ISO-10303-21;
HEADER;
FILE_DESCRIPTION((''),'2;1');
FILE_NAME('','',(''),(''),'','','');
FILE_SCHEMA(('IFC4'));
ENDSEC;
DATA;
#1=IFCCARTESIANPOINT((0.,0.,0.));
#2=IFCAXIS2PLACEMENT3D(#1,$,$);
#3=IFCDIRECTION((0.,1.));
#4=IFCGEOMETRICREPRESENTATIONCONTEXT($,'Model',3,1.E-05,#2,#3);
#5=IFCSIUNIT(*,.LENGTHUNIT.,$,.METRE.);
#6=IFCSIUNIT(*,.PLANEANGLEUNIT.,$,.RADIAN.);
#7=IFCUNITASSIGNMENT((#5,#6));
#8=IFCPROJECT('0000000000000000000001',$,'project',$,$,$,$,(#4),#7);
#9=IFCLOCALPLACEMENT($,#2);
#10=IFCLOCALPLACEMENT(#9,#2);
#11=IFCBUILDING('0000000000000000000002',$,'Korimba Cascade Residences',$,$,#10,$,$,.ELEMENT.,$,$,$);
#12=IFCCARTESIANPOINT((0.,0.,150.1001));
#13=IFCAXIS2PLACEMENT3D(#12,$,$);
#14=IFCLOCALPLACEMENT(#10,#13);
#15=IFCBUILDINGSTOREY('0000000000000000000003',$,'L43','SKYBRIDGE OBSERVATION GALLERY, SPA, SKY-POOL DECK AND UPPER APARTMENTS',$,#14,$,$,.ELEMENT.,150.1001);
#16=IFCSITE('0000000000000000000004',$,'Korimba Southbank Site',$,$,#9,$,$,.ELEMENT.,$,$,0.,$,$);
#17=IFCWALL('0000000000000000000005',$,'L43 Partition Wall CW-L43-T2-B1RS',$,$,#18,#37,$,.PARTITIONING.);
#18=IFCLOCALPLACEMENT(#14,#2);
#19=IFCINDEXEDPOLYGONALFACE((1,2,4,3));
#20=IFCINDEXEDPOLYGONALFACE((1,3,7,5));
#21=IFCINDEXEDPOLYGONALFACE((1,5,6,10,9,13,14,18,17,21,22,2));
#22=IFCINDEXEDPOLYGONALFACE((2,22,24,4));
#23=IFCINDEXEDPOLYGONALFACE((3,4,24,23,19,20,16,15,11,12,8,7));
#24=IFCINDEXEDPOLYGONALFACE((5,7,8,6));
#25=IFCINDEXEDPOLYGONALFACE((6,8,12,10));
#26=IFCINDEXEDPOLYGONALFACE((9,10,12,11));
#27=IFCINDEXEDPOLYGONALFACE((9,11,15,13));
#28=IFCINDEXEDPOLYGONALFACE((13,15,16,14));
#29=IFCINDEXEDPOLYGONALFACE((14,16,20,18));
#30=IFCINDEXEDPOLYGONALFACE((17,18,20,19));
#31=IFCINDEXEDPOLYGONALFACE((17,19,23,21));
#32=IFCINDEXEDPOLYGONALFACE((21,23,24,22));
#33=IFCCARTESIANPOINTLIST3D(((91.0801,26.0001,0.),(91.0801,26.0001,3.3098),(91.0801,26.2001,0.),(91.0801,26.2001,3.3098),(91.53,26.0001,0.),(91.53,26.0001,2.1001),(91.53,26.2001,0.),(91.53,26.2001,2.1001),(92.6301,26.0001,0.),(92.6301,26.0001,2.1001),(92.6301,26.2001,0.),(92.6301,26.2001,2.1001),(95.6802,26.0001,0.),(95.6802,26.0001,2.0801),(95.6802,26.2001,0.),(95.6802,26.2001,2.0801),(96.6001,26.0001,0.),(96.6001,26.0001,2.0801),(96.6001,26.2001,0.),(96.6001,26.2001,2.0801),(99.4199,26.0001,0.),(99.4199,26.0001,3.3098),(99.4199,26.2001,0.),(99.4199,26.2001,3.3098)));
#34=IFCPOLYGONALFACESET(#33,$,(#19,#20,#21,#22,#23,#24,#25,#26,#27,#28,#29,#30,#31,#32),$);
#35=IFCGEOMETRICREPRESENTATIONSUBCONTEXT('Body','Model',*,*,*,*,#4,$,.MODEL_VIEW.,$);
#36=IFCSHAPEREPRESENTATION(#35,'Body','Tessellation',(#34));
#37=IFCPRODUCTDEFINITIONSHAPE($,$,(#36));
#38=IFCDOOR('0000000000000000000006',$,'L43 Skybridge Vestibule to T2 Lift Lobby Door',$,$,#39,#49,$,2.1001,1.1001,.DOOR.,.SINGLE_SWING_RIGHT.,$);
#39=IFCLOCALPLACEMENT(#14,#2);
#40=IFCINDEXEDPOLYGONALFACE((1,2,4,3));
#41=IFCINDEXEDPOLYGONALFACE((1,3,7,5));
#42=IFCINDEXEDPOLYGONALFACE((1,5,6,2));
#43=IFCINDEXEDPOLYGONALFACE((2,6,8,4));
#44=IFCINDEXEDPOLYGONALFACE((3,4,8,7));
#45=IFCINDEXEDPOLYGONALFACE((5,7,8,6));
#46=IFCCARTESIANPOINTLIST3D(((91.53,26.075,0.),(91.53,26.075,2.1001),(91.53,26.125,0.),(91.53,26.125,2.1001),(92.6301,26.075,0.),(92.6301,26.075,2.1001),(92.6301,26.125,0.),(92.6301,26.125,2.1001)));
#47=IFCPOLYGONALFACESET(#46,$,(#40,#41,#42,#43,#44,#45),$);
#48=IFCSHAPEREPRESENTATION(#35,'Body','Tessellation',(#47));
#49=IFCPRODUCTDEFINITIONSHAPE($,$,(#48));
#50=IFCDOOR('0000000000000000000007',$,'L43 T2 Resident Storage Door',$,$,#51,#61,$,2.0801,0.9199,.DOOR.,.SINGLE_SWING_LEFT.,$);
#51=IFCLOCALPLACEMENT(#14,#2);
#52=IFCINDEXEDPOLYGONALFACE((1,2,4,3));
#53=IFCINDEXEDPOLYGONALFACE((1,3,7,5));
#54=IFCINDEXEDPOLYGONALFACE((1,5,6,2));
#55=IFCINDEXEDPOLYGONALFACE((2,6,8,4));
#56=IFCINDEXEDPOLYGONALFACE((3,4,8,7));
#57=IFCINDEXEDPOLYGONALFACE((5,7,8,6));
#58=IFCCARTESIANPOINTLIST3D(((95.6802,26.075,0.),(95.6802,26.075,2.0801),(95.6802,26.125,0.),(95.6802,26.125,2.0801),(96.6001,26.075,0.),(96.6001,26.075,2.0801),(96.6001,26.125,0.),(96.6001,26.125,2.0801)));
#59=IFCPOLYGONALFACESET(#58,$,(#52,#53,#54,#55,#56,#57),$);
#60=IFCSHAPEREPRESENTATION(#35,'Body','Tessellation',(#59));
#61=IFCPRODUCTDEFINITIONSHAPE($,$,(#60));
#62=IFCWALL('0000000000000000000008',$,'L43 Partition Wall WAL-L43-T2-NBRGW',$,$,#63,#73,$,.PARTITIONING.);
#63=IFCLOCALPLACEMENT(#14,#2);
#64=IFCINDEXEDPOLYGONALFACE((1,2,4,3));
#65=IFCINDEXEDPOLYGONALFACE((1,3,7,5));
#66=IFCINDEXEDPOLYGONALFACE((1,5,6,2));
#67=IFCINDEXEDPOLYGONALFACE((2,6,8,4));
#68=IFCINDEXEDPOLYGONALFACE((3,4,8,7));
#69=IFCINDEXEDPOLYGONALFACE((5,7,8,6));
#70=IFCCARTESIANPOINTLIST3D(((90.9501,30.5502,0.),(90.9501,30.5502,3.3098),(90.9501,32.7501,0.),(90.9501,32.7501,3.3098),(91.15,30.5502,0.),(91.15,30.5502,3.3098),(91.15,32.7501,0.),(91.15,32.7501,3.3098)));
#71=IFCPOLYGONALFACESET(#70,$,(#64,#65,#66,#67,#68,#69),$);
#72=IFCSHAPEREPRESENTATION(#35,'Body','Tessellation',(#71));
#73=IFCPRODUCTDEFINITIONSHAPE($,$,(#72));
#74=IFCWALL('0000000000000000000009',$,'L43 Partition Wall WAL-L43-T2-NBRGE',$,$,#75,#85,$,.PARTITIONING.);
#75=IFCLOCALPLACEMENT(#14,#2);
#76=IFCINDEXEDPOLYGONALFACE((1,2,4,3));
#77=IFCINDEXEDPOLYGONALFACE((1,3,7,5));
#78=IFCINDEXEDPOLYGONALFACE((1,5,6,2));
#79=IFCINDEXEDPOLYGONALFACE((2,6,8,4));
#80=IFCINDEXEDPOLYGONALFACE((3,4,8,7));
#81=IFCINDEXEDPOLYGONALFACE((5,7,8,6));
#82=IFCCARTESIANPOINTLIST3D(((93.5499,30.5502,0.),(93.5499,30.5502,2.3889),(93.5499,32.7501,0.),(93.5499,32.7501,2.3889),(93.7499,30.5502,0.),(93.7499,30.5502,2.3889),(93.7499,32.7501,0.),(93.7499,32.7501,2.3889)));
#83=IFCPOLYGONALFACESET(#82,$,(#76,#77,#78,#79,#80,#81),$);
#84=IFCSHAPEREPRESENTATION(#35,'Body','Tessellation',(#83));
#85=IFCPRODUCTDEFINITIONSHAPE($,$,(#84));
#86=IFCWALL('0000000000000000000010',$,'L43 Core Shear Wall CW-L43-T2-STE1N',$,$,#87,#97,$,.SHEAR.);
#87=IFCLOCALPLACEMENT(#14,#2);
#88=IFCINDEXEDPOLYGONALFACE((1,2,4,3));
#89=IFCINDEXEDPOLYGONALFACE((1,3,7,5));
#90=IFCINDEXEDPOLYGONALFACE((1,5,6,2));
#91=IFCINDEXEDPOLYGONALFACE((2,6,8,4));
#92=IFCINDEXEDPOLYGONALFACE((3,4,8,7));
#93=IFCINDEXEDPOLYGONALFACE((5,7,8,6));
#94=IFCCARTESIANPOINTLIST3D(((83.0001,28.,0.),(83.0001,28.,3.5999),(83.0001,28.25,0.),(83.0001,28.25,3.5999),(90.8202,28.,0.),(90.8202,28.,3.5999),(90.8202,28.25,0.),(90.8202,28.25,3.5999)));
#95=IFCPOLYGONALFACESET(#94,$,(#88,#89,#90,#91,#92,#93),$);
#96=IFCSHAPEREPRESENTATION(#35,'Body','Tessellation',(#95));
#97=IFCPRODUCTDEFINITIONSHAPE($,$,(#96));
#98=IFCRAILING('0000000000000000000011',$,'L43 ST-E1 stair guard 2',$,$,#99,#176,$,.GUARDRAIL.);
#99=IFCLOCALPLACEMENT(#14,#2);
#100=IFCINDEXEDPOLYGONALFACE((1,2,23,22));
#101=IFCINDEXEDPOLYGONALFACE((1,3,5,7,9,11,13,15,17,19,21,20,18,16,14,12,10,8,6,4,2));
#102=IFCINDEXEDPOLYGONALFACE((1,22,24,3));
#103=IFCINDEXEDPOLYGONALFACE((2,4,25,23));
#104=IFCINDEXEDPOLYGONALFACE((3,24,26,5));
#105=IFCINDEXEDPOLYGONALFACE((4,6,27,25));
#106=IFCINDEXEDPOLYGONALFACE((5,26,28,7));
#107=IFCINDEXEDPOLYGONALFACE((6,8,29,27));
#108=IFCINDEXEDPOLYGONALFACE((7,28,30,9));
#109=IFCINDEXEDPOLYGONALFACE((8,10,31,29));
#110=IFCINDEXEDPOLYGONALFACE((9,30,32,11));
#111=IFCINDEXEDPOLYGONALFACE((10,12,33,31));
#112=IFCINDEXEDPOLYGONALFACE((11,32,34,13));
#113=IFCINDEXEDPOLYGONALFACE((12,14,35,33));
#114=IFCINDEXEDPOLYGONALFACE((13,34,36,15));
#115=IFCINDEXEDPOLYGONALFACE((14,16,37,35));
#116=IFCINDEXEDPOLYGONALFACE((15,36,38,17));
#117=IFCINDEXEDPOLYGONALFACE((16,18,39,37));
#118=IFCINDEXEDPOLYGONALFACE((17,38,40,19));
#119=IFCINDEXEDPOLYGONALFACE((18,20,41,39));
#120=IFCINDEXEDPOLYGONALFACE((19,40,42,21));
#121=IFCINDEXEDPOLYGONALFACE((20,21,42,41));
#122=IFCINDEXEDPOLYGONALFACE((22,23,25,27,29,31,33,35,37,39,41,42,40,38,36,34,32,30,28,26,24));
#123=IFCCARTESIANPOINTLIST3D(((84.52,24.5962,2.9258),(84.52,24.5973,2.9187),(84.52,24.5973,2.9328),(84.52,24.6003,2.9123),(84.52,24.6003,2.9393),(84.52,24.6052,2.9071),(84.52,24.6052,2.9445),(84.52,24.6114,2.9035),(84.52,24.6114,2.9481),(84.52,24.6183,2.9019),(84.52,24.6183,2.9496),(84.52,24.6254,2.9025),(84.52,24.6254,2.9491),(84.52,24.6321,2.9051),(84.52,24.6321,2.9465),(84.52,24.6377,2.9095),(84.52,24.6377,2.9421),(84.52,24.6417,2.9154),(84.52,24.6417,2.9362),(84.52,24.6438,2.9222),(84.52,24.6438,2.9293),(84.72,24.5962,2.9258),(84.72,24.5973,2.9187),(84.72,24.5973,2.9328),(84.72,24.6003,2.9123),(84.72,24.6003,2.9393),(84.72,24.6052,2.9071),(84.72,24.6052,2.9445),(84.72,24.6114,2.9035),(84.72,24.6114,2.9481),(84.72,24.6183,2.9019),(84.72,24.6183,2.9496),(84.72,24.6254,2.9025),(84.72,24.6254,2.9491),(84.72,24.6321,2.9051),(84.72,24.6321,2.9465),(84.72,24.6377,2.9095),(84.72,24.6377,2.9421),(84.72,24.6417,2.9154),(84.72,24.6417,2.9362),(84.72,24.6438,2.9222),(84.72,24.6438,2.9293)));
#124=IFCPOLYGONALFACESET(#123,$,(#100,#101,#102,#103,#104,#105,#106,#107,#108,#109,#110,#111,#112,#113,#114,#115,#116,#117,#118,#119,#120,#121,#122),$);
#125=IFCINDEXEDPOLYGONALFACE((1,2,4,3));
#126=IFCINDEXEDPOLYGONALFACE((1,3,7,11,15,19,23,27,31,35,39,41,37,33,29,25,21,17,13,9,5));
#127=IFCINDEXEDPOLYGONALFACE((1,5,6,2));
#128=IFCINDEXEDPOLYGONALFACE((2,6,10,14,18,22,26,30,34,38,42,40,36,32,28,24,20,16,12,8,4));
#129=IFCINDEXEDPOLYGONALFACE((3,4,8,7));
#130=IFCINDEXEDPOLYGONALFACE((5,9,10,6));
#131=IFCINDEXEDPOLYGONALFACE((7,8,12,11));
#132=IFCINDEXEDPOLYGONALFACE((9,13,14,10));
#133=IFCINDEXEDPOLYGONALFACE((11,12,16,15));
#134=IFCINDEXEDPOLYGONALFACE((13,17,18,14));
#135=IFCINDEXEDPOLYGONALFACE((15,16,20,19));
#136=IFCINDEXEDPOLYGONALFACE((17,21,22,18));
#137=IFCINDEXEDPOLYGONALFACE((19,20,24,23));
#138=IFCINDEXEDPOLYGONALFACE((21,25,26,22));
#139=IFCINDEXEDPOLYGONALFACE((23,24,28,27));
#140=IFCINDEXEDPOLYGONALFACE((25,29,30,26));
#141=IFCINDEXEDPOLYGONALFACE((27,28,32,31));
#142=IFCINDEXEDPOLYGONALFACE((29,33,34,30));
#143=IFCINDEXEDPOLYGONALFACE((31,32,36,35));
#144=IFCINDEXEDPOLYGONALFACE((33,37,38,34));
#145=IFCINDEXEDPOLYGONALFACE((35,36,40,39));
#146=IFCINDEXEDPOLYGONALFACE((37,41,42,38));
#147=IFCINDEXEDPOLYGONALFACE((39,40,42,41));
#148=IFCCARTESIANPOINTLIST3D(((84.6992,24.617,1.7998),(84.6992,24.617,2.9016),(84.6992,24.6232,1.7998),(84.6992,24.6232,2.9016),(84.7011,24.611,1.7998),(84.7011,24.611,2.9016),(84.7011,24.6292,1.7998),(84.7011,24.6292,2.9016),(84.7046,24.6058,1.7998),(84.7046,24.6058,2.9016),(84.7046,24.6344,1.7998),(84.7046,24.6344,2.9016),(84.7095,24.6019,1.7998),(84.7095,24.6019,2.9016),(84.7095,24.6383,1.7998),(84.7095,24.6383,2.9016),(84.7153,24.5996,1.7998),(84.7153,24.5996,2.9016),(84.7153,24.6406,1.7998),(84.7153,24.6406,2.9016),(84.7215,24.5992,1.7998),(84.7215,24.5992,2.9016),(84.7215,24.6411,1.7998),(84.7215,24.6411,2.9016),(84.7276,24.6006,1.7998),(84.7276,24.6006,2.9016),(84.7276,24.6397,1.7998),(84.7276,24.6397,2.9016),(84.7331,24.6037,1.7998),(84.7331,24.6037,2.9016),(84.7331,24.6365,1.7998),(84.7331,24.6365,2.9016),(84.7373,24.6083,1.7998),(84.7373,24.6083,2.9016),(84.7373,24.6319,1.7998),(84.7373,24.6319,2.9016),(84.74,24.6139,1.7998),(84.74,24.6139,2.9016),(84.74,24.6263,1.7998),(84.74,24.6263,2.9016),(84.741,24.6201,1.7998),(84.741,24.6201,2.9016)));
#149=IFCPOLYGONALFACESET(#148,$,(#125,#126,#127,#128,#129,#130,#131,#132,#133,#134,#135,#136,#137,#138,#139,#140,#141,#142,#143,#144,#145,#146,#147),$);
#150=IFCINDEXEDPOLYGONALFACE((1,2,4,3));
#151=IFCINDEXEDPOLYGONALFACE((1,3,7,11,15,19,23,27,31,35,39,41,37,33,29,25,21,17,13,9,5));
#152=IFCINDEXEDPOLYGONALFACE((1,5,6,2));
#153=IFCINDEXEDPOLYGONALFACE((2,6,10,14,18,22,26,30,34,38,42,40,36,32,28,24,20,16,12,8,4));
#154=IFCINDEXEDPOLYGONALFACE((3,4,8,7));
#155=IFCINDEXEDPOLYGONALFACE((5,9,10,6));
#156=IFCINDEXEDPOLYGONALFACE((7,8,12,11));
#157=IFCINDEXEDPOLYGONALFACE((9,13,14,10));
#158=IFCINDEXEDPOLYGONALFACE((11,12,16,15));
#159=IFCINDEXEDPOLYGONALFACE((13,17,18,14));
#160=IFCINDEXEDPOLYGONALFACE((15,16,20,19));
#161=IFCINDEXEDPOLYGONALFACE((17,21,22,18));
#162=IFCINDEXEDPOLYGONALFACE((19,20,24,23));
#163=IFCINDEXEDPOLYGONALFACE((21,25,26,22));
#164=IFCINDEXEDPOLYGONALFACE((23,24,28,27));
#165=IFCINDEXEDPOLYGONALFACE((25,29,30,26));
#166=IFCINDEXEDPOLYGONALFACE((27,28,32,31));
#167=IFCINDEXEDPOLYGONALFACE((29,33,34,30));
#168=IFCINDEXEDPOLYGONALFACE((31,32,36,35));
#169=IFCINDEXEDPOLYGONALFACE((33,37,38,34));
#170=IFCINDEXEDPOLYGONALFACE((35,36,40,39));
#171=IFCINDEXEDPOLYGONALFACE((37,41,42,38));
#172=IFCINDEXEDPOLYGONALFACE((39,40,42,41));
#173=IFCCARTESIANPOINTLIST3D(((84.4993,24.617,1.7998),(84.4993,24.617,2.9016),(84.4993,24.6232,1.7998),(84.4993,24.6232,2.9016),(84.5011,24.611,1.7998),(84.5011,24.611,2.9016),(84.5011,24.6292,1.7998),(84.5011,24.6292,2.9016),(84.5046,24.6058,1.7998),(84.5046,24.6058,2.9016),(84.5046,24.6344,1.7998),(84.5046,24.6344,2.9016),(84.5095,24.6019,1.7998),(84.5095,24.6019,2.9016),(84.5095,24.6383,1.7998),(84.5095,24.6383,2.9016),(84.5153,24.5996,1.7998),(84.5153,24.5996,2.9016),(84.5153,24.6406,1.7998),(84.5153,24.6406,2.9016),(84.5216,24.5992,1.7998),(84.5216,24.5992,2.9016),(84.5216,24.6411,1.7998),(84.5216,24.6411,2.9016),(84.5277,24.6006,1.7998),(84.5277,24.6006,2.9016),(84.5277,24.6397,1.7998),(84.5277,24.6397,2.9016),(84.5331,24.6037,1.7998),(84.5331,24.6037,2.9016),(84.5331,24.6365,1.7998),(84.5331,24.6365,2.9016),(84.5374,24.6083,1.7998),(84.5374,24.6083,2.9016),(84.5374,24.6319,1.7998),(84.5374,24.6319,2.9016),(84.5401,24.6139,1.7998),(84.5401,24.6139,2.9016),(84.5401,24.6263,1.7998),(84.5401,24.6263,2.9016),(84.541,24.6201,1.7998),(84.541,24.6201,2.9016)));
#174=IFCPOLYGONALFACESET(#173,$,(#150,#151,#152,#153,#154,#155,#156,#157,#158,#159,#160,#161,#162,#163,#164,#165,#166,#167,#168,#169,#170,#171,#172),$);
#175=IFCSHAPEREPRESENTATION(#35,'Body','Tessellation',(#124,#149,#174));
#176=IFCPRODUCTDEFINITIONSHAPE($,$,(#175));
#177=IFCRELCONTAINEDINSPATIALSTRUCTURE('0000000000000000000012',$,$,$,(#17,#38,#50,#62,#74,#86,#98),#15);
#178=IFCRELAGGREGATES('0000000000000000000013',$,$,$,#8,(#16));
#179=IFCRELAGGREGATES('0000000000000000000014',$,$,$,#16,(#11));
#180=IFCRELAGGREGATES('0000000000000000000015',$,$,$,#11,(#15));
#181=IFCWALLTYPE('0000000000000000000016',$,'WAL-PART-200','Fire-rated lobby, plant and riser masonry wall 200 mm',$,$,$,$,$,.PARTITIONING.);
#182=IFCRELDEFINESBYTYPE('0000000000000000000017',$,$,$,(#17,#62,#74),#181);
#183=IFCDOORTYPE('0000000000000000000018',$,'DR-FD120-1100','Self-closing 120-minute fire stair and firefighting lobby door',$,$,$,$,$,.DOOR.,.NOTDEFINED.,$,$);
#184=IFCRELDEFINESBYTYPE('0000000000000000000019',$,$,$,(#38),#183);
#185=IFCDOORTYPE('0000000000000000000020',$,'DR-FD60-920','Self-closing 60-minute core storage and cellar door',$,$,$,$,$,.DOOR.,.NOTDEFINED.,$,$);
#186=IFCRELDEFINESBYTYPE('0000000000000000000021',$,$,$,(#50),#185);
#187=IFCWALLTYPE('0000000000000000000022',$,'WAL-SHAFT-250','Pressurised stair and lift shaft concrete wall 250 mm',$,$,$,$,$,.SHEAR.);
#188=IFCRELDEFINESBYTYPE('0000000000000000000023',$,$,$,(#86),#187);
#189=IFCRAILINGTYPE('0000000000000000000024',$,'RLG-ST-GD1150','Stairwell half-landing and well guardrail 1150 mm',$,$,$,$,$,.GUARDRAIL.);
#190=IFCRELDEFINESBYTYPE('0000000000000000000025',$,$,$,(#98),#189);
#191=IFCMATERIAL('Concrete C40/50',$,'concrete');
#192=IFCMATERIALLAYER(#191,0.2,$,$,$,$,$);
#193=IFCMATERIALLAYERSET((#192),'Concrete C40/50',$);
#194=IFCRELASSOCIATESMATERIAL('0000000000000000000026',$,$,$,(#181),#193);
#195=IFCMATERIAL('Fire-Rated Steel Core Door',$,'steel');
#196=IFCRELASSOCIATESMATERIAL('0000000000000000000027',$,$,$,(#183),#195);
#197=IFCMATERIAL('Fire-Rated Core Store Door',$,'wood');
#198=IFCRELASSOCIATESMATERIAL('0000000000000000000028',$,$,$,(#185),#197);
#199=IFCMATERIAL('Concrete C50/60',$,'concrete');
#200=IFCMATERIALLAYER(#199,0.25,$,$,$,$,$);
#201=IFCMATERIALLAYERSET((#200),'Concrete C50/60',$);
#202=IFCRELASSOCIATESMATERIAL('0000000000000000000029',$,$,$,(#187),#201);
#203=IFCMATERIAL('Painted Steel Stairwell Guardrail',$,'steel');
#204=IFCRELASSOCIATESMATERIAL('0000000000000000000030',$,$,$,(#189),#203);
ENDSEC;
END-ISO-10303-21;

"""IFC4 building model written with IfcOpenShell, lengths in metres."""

from ifc_helpers import new_model, si_unit, direction, frame, frame_2d, origin, origin_2d, place, context, subcontext, project, spatial, rectangle, circle, extrude, material, layer, layer_set, type_object, element, fill, save


model = new_model("IFC4")

# Units and contexts
model_context = context("Model", 3, precision=1e-05, world=origin(), true_north=direction((0.0, 1.0)))
body_context = subcontext(model_context, "Body", "Model", "MODEL_VIEW")
ifc_project = project(units=[si_unit("LENGTHUNIT", "METRE"), si_unit("PLANEANGLEUNIT", "RADIAN")], contexts=[model_context])

# Site, building, storey
site_placement = place(None, origin())
site = spatial("IfcSite", under=ifc_project, at=site_placement, Name="Korimba Southbank Site", CompositionType="ELEMENT", RefElevation=0.0)
building_placement = place(site_placement, origin())
building = spatial("IfcBuilding", under=site, at=building_placement, Name="Korimba Cascade Residences", CompositionType="ELEMENT")
storey_placement = place(building_placement, frame((0.0, 0.0, 150.1001)))
storey = spatial("IfcBuildingStorey", under=building, at=storey_placement, Name="L43", Description="SKYBRIDGE OBSERVATION GALLERY, SPA, SKY-POOL DECK AND UPPER APARTMENTS", CompositionType="ELEMENT", Elevation=150.1001)

# Shared definitions
ifc_material_1 = material(Name="Concrete C40/50", Category="concrete")
ifc_layer_1 = layer(ifc_material_1, 0.2)
ifc_layer_set_1 = layer_set([ifc_layer_1], Name="Concrete C40/50")
wall_type_1 = type_object("IfcWallType", Name="WAL-PART-200", Description="Fire-rated lobby, plant and riser masonry wall 200 mm", PredefinedType="PARTITIONING", material=ifc_layer_set_1)

# Wall, openings, doors
wall_1_placement = place(storey_placement, frame((91.0801, 26.1001, 0.0), z_axis=(0.0, 0.0, 1.0), x_axis=(1.0, 0.0, 0.0)))
wall_1 = element("IfcWall", 1, at=wall_1_placement, inside=storey, type_object=wall_type_1, Name="L43 Partition Wall CW-L43-T2-B1RS", PredefinedType="PARTITIONING", context=body_context, shape_type="SweptSolid", body=[
    extrude(rectangle(XDim=8.3398, YDim=0.2, at=frame_2d((4.1699, 0.0))), origin(), (0.0, 0.0, 1.0), 3.3098),
])
opening_1_placement = place(wall_1_placement, frame((0.45, 0.0, 0.0)))
opening_1 = element("IfcOpeningElement", 2, at=opening_1_placement, cuts=wall_1, PredefinedType="OPENING", context=body_context, shape_type="SweptSolid", body=[
    extrude(rectangle(XDim=1.1001, YDim=2.1001, at=frame_2d((0.55, 1.05))), frame((0.0, 0.1099, 0.0), z_axis=(0.0, -1.0, 0.0), x_axis=(1.0, 0.0, 0.0)), (0.0, 0.0, 1.0), 0.22),
])
opening_2_placement = place(wall_1_placement, frame((4.6001, 0.0, 0.0)))
opening_2 = element("IfcOpeningElement", 3, at=opening_2_placement, cuts=wall_1, PredefinedType="OPENING", context=body_context, shape_type="SweptSolid", body=[
    extrude(rectangle(XDim=0.9199, YDim=2.0801, at=frame_2d((0.46, 1.04))), frame((0.0, 0.1099, 0.0), z_axis=(0.0, -1.0, 0.0), x_axis=(1.0, 0.0, 0.0)), (0.0, 0.0, 1.0), 0.22),
])
ifc_material_2 = material(Name="Fire-Rated Steel Core Door", Category="steel")
door_type_1 = type_object("IfcDoorType", Name="DR-FD120-1100", Description="Self-closing 120-minute fire stair and firefighting lobby door", OperationType="NOTDEFINED", PredefinedType="DOOR", material=ifc_material_2)
door_1_placement = place(opening_1_placement, origin())
door_1 = element("IfcDoor", 4, at=door_1_placement, inside=storey, type_object=door_type_1, Name="L43 Skybridge Vestibule to T2 Lift Lobby Door", OperationType="SINGLE_SWING_RIGHT", OverallHeight=2.1001, OverallWidth=1.1001, PredefinedType="DOOR", context=body_context, shape_type="SweptSolid", body=[
    extrude(rectangle(XDim=1.1001, YDim=2.1001, at=frame_2d((0.55, 1.05))), frame((0.0, 0.0249, 0.0), z_axis=(0.0, -1.0, 0.0), x_axis=(1.0, 0.0, 0.0)), (0.0, 0.0, 1.0), 0.05),
])
fill(opening_1, door_1)
ifc_material_3 = material(Name="Fire-Rated Core Store Door", Category="wood")
door_type_2 = type_object("IfcDoorType", Name="DR-FD60-920", Description="Self-closing 60-minute core storage and cellar door", OperationType="NOTDEFINED", PredefinedType="DOOR", material=ifc_material_3)
door_2_placement = place(opening_2_placement, origin())
door_2 = element("IfcDoor", 5, at=door_2_placement, inside=storey, type_object=door_type_2, Name="L43 T2 Resident Storage Door", OperationType="SINGLE_SWING_LEFT", OverallHeight=2.0801, OverallWidth=0.9199, PredefinedType="DOOR", context=body_context, shape_type="SweptSolid", body=[
    extrude(rectangle(XDim=0.9199, YDim=2.0801, at=frame_2d((0.46, 1.04))), frame((0.0, 0.0249, 0.0), z_axis=(0.0, -1.0, 0.0), x_axis=(1.0, 0.0, 0.0)), (0.0, 0.0, 1.0), 0.05),
])
fill(opening_2, door_2)

# Walls
wall_2_placement = place(storey_placement, frame((91.05, 30.55, 0.0), z_axis=(0.0, 0.0, 1.0), x_axis=(0.0, 1.0, 0.0)))
element("IfcWall", 6, at=wall_2_placement, inside=storey, type_object=wall_type_1, Name="L43 Partition Wall WAL-L43-T2-NBRGW", PredefinedType="PARTITIONING", context=body_context, shape_type="SweptSolid", body=[
    extrude(rectangle(XDim=2.2, YDim=0.2, at=frame_2d((1.1001, 0.0))), origin(), (0.0, 0.0, 1.0), 3.3098),
])
wall_3_placement = place(storey_placement, frame((93.6499, 30.55, 0.0), z_axis=(0.0, 0.0, 1.0), x_axis=(0.0, 1.0, 0.0)))
element("IfcWall", 7, at=wall_3_placement, inside=storey, type_object=wall_type_1, Name="L43 Partition Wall WAL-L43-T2-NBRGE", PredefinedType="PARTITIONING", context=body_context, shape_type="SweptSolid", body=[
    extrude(rectangle(XDim=2.2, YDim=0.2, at=frame_2d((1.1001, 0.0))), origin(), (0.0, 0.0, 1.0), 2.3889),
])
ifc_material_4 = material(Name="Concrete C50/60", Category="concrete")
ifc_layer_2 = layer(ifc_material_4, 0.25)
ifc_layer_set_2 = layer_set([ifc_layer_2], Name="Concrete C50/60")
wall_type_2 = type_object("IfcWallType", Name="WAL-SHAFT-250", Description="Pressurised stair and lift shaft concrete wall 250 mm", PredefinedType="SHEAR", material=ifc_layer_set_2)
wall_4_placement = place(storey_placement, frame((83.0, 28.125, 0.0), z_axis=(0.0, 0.0, 1.0), x_axis=(1.0, 0.0, 0.0)))
element("IfcWall", 8, at=wall_4_placement, inside=storey, type_object=wall_type_2, Name="L43 Core Shear Wall CW-L43-T2-STE1N", PredefinedType="SHEAR", context=body_context, shape_type="SweptSolid", body=[
    extrude(rectangle(XDim=7.8201, YDim=0.25, at=frame_2d((3.9102, 0.0))), origin(), (0.0, 0.0, 1.0), 3.5999),
])

# Railing
ifc_material_5 = material(Name="Painted Steel Stairwell Guardrail", Category="steel")
railing_type = type_object("IfcRailingType", Name="RLG-ST-GD1150", Description="Stairwell half-landing and well guardrail 1150 mm", PredefinedType="GUARDRAIL", material=ifc_material_5)
railing_1_placement = place(storey_placement, frame((84.72, 24.6201, 1.7998)))
element("IfcRailing", 9, at=railing_1_placement, inside=storey, type_object=railing_type, Name="L43 ST-E1 stair guard 2", PredefinedType="GUARDRAIL", context=body_context, shape_type="SweptSolid", body=[
    extrude(circle(Radius=0.0239, at=origin_2d()), frame((0.0, 0.0, 1.126), z_axis=(-1.0, 0.0, 0.0), x_axis=(0.0, -1.0, 0.0)), (0.0, 0.0, 1.0), 0.2),
    extrude(circle(Radius=0.021, at=origin_2d()), origin(), (0.0, 0.0, 1.0), 1.1018),
    extrude(circle(Radius=0.021, at=origin_2d()), frame((-0.2, 0.0, 0.0)), (0.0, 0.0, 1.0), 1.1018),
])

save(model, "model.ifc")
